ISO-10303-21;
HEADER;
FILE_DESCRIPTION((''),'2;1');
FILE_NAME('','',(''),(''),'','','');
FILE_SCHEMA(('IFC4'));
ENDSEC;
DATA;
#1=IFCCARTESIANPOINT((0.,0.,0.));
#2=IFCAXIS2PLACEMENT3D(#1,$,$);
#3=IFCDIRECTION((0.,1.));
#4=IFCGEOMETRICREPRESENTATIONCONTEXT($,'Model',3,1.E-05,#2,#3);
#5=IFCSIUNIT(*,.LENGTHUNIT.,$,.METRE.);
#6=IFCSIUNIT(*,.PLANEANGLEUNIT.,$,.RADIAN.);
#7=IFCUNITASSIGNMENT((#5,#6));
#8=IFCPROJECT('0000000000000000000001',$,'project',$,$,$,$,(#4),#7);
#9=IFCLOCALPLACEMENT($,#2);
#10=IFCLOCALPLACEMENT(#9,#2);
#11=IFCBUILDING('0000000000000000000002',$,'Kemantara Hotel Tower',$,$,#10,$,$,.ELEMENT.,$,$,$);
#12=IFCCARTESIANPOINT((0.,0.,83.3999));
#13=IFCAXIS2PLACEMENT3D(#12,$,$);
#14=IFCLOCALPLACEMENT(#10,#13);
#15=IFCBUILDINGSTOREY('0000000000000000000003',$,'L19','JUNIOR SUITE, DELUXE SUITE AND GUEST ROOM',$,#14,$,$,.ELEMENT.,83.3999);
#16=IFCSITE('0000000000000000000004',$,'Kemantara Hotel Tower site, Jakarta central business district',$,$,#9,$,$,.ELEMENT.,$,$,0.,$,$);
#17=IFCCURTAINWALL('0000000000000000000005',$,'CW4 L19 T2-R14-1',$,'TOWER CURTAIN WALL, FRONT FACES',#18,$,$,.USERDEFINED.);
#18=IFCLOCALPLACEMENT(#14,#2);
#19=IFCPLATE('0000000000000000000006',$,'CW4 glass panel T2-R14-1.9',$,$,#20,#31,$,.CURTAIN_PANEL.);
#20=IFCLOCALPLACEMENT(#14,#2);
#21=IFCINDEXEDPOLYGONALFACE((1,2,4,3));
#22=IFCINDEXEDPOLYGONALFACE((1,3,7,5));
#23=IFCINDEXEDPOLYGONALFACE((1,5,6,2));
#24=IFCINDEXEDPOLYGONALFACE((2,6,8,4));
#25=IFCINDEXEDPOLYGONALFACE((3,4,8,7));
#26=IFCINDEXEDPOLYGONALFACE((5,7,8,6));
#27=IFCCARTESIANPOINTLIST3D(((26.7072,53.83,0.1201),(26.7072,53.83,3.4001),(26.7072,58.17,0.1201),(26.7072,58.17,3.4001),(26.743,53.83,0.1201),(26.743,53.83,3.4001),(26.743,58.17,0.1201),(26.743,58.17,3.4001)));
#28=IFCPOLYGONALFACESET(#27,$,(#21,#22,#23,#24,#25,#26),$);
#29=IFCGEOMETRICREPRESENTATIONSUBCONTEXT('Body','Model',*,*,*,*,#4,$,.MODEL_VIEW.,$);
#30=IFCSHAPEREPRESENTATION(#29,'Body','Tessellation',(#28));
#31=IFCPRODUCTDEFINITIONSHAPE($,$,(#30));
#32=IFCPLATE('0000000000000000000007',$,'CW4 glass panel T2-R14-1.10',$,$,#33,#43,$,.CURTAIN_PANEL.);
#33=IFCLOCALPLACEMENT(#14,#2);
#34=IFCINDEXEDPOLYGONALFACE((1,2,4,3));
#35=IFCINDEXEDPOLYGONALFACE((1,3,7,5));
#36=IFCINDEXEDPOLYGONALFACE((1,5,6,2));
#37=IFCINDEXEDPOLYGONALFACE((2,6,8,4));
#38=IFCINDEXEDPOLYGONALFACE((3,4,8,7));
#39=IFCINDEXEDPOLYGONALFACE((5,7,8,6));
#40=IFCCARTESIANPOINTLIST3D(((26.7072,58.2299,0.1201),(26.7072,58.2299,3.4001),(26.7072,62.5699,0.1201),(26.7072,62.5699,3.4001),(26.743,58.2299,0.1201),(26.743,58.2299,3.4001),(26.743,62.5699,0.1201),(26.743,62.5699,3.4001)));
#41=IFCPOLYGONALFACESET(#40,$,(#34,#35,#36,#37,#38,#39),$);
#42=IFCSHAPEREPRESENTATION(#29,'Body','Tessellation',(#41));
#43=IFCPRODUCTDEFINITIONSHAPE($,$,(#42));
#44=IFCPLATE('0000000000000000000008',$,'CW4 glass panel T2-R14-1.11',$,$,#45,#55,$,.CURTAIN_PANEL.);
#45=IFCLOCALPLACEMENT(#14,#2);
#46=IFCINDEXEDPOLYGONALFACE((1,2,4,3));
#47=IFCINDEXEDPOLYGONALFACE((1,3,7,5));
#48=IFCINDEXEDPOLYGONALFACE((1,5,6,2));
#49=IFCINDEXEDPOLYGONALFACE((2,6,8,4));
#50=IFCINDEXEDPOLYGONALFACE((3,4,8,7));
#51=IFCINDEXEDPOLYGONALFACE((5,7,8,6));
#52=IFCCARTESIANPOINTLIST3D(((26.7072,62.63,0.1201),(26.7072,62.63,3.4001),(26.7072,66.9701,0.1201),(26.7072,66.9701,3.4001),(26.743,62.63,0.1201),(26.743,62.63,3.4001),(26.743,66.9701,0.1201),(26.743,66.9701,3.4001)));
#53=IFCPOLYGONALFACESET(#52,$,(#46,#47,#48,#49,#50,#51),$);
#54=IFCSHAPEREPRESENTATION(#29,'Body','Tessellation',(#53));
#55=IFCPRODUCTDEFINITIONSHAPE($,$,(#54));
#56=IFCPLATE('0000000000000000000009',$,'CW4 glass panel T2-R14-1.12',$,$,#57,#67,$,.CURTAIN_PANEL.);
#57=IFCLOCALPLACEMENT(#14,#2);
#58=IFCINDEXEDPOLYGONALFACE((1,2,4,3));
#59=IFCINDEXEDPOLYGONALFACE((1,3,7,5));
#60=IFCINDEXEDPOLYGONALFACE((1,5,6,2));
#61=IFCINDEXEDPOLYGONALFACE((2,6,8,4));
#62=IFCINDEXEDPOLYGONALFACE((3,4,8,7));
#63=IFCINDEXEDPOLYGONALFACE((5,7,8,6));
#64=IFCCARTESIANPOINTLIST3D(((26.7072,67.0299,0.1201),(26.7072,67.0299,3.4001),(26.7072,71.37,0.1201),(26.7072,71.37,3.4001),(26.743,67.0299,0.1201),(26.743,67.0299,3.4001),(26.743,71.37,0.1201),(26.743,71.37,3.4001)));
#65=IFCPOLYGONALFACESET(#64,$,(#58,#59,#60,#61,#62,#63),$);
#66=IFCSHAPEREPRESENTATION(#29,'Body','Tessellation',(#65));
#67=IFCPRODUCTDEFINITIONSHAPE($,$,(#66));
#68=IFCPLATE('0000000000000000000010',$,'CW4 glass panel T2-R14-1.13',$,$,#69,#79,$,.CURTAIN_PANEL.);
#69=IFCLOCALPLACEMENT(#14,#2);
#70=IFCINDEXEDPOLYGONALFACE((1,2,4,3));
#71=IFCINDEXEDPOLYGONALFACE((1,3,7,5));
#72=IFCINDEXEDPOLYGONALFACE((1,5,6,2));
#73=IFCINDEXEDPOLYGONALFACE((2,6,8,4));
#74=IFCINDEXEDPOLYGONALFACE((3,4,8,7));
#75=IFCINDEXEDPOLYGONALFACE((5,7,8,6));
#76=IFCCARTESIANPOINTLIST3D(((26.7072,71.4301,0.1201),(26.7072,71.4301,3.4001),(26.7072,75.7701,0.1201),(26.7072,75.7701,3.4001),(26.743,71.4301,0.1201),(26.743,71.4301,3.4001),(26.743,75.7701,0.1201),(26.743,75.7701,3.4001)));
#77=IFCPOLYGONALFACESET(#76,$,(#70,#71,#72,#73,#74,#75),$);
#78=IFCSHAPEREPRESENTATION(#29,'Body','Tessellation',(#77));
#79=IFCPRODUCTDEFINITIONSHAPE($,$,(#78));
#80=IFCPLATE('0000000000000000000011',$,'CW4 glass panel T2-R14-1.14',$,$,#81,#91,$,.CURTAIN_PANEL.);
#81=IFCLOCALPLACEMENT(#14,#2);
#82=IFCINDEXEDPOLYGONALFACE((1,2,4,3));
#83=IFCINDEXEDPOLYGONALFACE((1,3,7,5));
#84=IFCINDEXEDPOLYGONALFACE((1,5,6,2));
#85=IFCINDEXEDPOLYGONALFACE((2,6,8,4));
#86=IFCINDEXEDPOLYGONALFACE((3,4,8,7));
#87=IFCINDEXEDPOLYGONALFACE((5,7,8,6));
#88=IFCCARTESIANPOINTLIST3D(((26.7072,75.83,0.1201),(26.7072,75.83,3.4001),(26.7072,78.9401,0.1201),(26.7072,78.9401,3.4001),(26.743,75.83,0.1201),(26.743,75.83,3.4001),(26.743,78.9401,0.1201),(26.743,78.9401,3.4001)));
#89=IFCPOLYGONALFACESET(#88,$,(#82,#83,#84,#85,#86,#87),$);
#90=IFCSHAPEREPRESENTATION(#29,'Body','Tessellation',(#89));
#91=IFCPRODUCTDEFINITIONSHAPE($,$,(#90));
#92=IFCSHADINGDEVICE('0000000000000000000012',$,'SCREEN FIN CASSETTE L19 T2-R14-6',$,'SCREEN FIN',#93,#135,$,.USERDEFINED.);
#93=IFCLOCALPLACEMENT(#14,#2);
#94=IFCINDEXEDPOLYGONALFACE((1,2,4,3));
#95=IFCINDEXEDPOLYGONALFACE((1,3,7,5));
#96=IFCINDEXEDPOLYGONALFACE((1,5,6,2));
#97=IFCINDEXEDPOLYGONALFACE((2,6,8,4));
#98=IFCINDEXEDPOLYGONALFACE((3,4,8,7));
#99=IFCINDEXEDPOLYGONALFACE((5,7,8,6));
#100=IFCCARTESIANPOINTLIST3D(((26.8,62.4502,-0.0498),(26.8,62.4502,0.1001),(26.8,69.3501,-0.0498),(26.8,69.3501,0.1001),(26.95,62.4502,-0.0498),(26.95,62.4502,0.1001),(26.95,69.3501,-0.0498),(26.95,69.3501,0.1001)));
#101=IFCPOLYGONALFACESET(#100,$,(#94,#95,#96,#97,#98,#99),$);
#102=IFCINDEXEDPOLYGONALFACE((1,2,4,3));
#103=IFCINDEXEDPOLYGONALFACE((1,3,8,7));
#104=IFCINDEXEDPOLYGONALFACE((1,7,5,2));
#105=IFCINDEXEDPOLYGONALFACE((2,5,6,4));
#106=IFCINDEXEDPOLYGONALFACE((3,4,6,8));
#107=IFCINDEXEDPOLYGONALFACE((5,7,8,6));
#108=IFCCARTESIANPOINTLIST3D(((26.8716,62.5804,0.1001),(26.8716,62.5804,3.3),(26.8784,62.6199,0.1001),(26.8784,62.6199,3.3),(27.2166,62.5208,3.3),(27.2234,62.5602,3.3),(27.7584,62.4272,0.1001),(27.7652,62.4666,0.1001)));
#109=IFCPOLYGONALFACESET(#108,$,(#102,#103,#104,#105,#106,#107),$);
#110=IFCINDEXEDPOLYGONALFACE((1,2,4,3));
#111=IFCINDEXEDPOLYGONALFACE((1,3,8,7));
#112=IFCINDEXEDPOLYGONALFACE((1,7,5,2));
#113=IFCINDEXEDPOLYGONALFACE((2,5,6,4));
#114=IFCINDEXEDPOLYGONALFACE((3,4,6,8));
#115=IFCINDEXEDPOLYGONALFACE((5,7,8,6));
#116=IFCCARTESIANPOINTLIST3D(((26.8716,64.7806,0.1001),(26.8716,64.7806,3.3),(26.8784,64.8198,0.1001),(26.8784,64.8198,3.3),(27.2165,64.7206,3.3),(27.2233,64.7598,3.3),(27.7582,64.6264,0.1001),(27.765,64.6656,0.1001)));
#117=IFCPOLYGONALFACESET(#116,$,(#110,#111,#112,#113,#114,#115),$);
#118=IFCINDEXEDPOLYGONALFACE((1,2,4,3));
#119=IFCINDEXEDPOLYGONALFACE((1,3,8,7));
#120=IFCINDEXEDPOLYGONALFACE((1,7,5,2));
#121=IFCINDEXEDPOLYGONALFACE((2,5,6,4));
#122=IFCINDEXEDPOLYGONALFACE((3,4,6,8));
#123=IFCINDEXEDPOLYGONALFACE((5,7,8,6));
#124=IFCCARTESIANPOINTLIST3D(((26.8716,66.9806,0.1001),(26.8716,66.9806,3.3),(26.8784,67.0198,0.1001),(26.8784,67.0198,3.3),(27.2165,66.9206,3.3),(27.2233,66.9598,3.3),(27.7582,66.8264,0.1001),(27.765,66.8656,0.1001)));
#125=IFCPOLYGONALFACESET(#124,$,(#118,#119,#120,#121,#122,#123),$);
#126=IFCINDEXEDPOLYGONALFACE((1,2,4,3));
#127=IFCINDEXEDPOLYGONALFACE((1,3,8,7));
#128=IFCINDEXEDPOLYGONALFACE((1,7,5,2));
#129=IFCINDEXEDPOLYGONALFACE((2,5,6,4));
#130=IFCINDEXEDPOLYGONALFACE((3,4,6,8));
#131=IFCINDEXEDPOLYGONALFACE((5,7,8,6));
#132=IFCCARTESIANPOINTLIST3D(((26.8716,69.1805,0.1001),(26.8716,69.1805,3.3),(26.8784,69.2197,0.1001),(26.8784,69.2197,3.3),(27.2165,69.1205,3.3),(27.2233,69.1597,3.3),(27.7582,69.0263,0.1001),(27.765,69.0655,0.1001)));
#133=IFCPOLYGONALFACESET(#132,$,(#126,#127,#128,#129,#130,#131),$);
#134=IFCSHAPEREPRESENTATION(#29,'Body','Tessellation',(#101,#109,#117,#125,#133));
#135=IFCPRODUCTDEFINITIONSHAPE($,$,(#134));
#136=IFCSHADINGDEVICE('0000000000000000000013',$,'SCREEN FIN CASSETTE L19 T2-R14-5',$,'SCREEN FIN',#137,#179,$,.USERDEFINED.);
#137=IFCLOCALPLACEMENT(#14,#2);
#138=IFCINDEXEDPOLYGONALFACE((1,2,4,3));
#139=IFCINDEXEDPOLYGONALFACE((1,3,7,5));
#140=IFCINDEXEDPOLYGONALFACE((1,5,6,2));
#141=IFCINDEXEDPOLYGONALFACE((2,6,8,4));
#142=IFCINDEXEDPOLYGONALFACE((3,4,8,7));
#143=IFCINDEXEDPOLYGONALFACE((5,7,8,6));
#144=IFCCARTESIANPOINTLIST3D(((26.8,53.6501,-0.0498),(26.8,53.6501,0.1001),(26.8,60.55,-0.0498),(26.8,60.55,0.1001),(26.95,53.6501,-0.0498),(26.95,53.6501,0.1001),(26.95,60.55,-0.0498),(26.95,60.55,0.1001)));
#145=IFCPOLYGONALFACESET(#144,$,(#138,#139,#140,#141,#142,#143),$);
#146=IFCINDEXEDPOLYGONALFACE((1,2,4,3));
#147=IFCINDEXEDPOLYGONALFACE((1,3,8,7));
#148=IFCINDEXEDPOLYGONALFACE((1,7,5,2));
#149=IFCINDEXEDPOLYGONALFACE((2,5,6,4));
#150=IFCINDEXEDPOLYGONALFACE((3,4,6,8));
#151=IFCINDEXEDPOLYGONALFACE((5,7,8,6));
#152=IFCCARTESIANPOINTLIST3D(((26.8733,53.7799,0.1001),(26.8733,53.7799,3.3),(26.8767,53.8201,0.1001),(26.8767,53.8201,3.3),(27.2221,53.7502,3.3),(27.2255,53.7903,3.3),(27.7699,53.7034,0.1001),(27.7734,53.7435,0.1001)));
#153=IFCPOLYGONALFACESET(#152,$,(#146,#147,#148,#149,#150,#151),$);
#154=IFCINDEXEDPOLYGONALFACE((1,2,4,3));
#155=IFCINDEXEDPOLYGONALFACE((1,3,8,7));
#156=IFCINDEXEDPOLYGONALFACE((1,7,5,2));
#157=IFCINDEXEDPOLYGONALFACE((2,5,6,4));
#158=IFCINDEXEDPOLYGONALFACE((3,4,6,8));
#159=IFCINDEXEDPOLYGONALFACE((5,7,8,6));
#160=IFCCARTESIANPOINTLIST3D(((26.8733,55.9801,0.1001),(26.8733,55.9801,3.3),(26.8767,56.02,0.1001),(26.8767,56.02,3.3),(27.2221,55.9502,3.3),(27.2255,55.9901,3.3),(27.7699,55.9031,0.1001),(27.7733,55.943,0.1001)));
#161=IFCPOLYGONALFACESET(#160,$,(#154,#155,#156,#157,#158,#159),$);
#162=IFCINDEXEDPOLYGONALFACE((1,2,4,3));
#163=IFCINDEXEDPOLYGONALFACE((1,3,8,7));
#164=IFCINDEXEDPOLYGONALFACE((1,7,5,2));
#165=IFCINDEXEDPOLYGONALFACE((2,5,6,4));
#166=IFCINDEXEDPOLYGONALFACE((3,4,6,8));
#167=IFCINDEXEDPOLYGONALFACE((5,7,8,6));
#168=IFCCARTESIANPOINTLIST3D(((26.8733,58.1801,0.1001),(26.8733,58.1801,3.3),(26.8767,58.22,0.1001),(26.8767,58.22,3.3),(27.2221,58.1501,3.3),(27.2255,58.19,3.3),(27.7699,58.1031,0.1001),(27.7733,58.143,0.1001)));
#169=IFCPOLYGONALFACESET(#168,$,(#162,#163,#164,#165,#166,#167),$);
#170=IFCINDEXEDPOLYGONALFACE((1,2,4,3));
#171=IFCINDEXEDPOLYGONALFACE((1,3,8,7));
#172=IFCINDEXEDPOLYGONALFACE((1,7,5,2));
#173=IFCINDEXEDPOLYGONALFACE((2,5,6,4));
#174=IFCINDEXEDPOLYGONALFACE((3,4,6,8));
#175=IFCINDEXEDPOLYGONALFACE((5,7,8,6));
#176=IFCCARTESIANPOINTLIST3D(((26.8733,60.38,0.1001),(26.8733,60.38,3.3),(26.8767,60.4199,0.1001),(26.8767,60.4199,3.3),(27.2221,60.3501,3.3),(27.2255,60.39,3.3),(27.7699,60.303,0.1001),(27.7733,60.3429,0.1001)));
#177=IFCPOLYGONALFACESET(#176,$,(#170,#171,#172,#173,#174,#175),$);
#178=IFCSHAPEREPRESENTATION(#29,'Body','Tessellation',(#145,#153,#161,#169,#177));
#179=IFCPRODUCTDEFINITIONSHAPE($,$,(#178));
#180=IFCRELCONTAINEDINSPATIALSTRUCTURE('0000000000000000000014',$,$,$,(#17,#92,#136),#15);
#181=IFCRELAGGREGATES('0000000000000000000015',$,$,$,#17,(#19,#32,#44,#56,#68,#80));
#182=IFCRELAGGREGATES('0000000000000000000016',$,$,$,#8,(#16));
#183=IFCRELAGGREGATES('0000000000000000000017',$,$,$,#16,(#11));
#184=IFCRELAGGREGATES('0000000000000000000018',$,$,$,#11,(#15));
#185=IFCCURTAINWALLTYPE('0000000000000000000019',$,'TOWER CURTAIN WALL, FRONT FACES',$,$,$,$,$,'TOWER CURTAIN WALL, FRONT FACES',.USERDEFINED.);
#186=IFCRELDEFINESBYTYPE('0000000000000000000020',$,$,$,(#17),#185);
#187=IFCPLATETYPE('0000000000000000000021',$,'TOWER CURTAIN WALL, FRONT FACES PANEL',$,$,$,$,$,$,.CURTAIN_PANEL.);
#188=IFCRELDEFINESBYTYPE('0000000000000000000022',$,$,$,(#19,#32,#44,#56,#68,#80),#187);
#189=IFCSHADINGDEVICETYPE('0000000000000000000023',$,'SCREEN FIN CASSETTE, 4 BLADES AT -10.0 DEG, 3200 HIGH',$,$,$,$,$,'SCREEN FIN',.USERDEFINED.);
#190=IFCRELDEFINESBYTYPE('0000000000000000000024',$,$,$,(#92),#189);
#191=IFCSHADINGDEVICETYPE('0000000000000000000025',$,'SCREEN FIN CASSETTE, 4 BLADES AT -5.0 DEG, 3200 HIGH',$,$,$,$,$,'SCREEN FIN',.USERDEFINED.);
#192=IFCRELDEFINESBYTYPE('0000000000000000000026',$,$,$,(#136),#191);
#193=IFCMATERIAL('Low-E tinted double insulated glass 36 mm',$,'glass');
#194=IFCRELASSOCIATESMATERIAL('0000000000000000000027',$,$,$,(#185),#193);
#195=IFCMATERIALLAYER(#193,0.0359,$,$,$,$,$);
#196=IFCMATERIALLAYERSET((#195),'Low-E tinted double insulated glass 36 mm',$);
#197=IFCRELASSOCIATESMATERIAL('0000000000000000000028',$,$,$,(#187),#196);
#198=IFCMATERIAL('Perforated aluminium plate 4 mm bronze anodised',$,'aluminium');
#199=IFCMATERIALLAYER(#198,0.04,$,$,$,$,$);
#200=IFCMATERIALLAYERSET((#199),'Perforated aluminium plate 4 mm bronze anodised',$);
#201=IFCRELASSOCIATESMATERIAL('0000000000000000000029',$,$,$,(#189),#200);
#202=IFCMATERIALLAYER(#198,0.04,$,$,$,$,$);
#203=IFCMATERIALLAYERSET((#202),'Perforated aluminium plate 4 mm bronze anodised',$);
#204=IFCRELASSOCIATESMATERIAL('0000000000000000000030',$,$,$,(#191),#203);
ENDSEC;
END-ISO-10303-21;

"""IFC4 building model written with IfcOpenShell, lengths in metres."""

from ifc_helpers import new_model, si_unit, direction, frame, origin, origin_2d, place, context, subcontext, project, spatial, polyline, rectangle, outline, extrude, source, transform, mapped, material, layer, layer_set, type_object, element, aggregate, save


model = new_model("IFC4")

# Units and contexts
model_context = context("Model", 3, precision=1e-05, world=origin(), true_north=direction((0.0, 1.0)))
body_context = subcontext(model_context, "Body", "Model", "MODEL_VIEW")
ifc_project = project(units=[si_unit("LENGTHUNIT", "METRE"), si_unit("PLANEANGLEUNIT", "RADIAN")], contexts=[model_context])

# Site, building, storey
site_placement = place(None, origin())
site = spatial("IfcSite", under=ifc_project, at=site_placement, Name="Kemantara Hotel Tower site, Jakarta central business district", CompositionType="ELEMENT", RefElevation=0.0)
building_placement = place(site_placement, origin())
building = spatial("IfcBuilding", under=site, at=building_placement, Name="Kemantara Hotel Tower", CompositionType="ELEMENT")
storey_placement = place(building_placement, frame((0.0, 0.0, 83.3999)))
storey = spatial("IfcBuildingStorey", under=building, at=storey_placement, Name="L19", Description="JUNIOR SUITE, DELUXE SUITE AND GUEST ROOM", CompositionType="ELEMENT", Elevation=83.3999)

# Shared definitions
ifc_material_1 = material(Name="Low-E tinted double insulated glass 36 mm", Category="glass")
curtain_wall_type = type_object("IfcCurtainWallType", Name="TOWER CURTAIN WALL, FRONT FACES", ElementType="TOWER CURTAIN WALL, FRONT FACES", PredefinedType="USERDEFINED", material=ifc_material_1)

# Curtain wall
curtain_wall_1_placement = place(storey_placement, origin())
curtain_wall_1 = element("IfcCurtainWall", 1, at=curtain_wall_1_placement, inside=storey, type_object=curtain_wall_type, Name="CW4 L19 T2-R14-1", ObjectType="TOWER CURTAIN WALL, FRONT FACES", PredefinedType="USERDEFINED")

# Plates
ifc_layer_1 = layer(ifc_material_1, 0.0359)
ifc_layer_set_1 = layer_set([ifc_layer_1], Name="Low-E tinted double insulated glass 36 mm")
plate_type = type_object("IfcPlateType", Name="TOWER CURTAIN WALL, FRONT FACES PANEL", PredefinedType="CURTAIN_PANEL", material=ifc_layer_set_1)
shared_shape_1 = source(origin(), body_context, "Body", "SweptSolid", [
    extrude(rectangle(XDim=4.3401, YDim=0.0359, at=origin_2d()), origin(), (0.0, 0.0, 1.0), 3.28),
])
plate_1_placement = place(storey_placement, frame((26.7251, 56.0, 0.1201), z_axis=(0.0, 0.0, 1.0), x_axis=(0.0, 1.0, 0.0)))
plate_1 = element("IfcPlate", 2, at=plate_1_placement, type_object=plate_type, Name="CW4 glass panel T2-R14-1.9", PredefinedType="CURTAIN_PANEL", context=body_context, shape_type="MappedRepresentation", body=[
    mapped(shared_shape_1, transform((0.0, 0.0, 0.0))),
])
plate_2_placement = place(storey_placement, frame((26.7251, 60.3999, 0.1201), z_axis=(0.0, 0.0, 1.0), x_axis=(0.0, 1.0, 0.0)))
plate_2 = element("IfcPlate", 3, at=plate_2_placement, type_object=plate_type, Name="CW4 glass panel T2-R14-1.10", PredefinedType="CURTAIN_PANEL", context=body_context, shape_type="MappedRepresentation", body=[
    mapped(shared_shape_1, transform((0.0, 0.0, 0.0))),
])
plate_3_placement = place(storey_placement, frame((26.7251, 64.8, 0.1201), z_axis=(0.0, 0.0, 1.0), x_axis=(0.0, 1.0, 0.0)))
plate_3 = element("IfcPlate", 4, at=plate_3_placement, type_object=plate_type, Name="CW4 glass panel T2-R14-1.11", PredefinedType="CURTAIN_PANEL", context=body_context, shape_type="MappedRepresentation", body=[
    mapped(shared_shape_1, transform((0.0, 0.0, 0.0))),
])
plate_4_placement = place(storey_placement, frame((26.7251, 69.2, 0.1201), z_axis=(0.0, 0.0, 1.0), x_axis=(0.0, 1.0, 0.0)))
plate_4 = element("IfcPlate", 5, at=plate_4_placement, type_object=plate_type, Name="CW4 glass panel T2-R14-1.12", PredefinedType="CURTAIN_PANEL", context=body_context, shape_type="MappedRepresentation", body=[
    mapped(shared_shape_1, transform((0.0, 0.0, 0.0))),
])
plate_5_placement = place(storey_placement, frame((26.7251, 73.6001, 0.1201), z_axis=(0.0, 0.0, 1.0), x_axis=(0.0, 1.0, 0.0)))
plate_5 = element("IfcPlate", 6, at=plate_5_placement, type_object=plate_type, Name="CW4 glass panel T2-R14-1.13", PredefinedType="CURTAIN_PANEL", context=body_context, shape_type="MappedRepresentation", body=[
    mapped(shared_shape_1, transform((0.0, 0.0, 0.0))),
])
shared_shape_2 = source(origin(), body_context, "Body", "SweptSolid", [
    extrude(rectangle(XDim=3.1101, YDim=0.0359, at=origin_2d()), origin(), (0.0, 0.0, 1.0), 3.28),
])
plate_6_placement = place(storey_placement, frame((26.7251, 77.385, 0.1201), z_axis=(0.0, 0.0, 1.0), x_axis=(0.0, 1.0, 0.0)))
plate_6 = element("IfcPlate", 7, at=plate_6_placement, type_object=plate_type, Name="CW4 glass panel T2-R14-1.14", PredefinedType="CURTAIN_PANEL", context=body_context, shape_type="MappedRepresentation", body=[
    mapped(shared_shape_2, transform((0.0, 0.0, 0.0))),
])
aggregate(curtain_wall_1, [plate_1, plate_2, plate_3, plate_4, plate_5, plate_6])

# Shading devices
ifc_material_2 = material(Name="Perforated aluminium plate 4 mm bronze anodised", Category="aluminium")
ifc_layer_2 = layer(ifc_material_2, 0.04)
ifc_layer_set_2 = layer_set([ifc_layer_2], Name="Perforated aluminium plate 4 mm bronze anodised")
shading_device_type_1 = type_object("IfcShadingDeviceType", Name="SCREEN FIN CASSETTE, 4 BLADES AT -10.0 DEG, 3200 HIGH", ElementType="SCREEN FIN", PredefinedType="USERDEFINED", material=ifc_layer_set_2)
shared_shape_3 = source(origin(), body_context, "Body", "SweptSolid", [
    extrude(rectangle(XDim=6.8999, YDim=0.1499, at=origin_2d()), frame((3.3, -0.075, -0.1499), z_axis=(0.0, 0.0, 1.0), x_axis=(1.0, 0.0, 0.0)), (0.0, 0.0, 1.0), 0.1499),
    extrude(outline(polyline([(0.0, 0.0), (0.8999, 0.0), (0.3501, 3.2), (0.0, 3.2), (0.0, 0.0)])), frame((0.0198, -0.0784, 0.0), z_axis=(-0.98539, 0.170314, 0.0), x_axis=(-0.170314, -0.98539, 0.0)), (0.0, 0.0, 1.0), 0.04),
    extrude(outline(polyline([(0.0, 0.0), (0.8999, 0.0), (0.3501, 3.2), (0.0, 3.2), (0.0, 0.0)])), frame((2.2197, -0.0784, 0.0), z_axis=(-0.985212, 0.171341, 0.0), x_axis=(-0.171341, -0.985212, 0.0)), (0.0, 0.0, 1.0), 0.0398),
    extrude(outline(polyline([(0.0, 0.0), (0.8999, 0.0), (0.3501, 3.2), (0.0, 3.2), (0.0, 0.0)])), frame((4.4197, -0.0784, 0.0), z_axis=(-0.985212, 0.171341, 0.0), x_axis=(-0.171341, -0.985212, 0.0)), (0.0, 0.0, 1.0), 0.0398),
    extrude(outline(polyline([(0.0, 0.0), (0.8999, 0.0), (0.3501, 3.2), (0.0, 3.2), (0.0, 0.0)])), frame((6.6196, -0.0784, 0.0), z_axis=(-0.985212, 0.171341, 0.0), x_axis=(-0.171341, -0.985212, 0.0)), (0.0, 0.0, 1.0), 0.0398),
])
shading_device_1_placement = place(storey_placement, frame((26.8, 62.6001, 0.1001), z_axis=(0.0, 0.0, 1.0), x_axis=(0.0, 1.0, 0.0)))
element("IfcShadingDevice", 8, at=shading_device_1_placement, inside=storey, type_object=shading_device_type_1, Name="SCREEN FIN CASSETTE L19 T2-R14-6", ObjectType="SCREEN FIN", PredefinedType="USERDEFINED", context=body_context, shape_type="MappedRepresentation", body=[
    mapped(shared_shape_3, transform((0.0, 0.0, 0.0))),
])
ifc_layer_3 = layer(ifc_material_2, 0.04)
ifc_layer_set_3 = layer_set([ifc_layer_3], Name="Perforated aluminium plate 4 mm bronze anodised")
shading_device_type_2 = type_object("IfcShadingDeviceType", Name="SCREEN FIN CASSETTE, 4 BLADES AT -5.0 DEG, 3200 HIGH", ElementType="SCREEN FIN", PredefinedType="USERDEFINED", material=ifc_layer_set_3)
shared_shape_4 = source(origin(), body_context, "Body", "SweptSolid", [
    extrude(rectangle(XDim=6.8999, YDim=0.1499, at=origin_2d()), frame((3.3, -0.075, -0.1499), z_axis=(0.0, 0.0, 1.0), x_axis=(1.0, 0.0, 0.0)), (0.0, 0.0, 1.0), 0.1499),
    extrude(outline(polyline([(0.0, 0.0), (0.8999, 0.0), (0.3501, 3.2), (0.0, 3.2), (0.0, 0.0)])), frame((0.02, -0.0767, 0.0), z_axis=(-0.996376, 0.085056, 0.0), x_axis=(-0.085056, -0.996376, 0.0)), (0.0, 0.0, 1.0), 0.0403),
    extrude(outline(polyline([(0.0, 0.0), (0.8999, 0.0), (0.3501, 3.2), (0.0, 3.2), (0.0, 0.0)])), frame((2.22, -0.0767, 0.0), z_axis=(-0.996332, 0.085575, 0.0), x_axis=(-0.085575, -0.996332, 0.0)), (0.0, 0.0, 1.0), 0.04),
    extrude(outline(polyline([(0.0, 0.0), (0.8999, 0.0), (0.3501, 3.2), (0.0, 3.2), (0.0, 0.0)])), frame((4.4199, -0.0767, 0.0), z_axis=(-0.996332, 0.085575, 0.0), x_axis=(-0.085575, -0.996332, 0.0)), (0.0, 0.0, 1.0), 0.04),
    extrude(outline(polyline([(0.0, 0.0), (0.8999, 0.0), (0.3501, 3.2), (0.0, 3.2), (0.0, 0.0)])), frame((6.6199, -0.0767, 0.0), z_axis=(-0.996332, 0.085575, 0.0), x_axis=(-0.085575, -0.996332, 0.0)), (0.0, 0.0, 1.0), 0.04),
])
shading_device_2_placement = place(storey_placement, frame((26.8, 53.8, 0.1001), z_axis=(0.0, 0.0, 1.0), x_axis=(0.0, 1.0, 0.0)))
element("IfcShadingDevice", 9, at=shading_device_2_placement, inside=storey, type_object=shading_device_type_2, Name="SCREEN FIN CASSETTE L19 T2-R14-5", ObjectType="SCREEN FIN", PredefinedType="USERDEFINED", context=body_context, shape_type="MappedRepresentation", body=[
    mapped(shared_shape_4, transform((0.0, 0.0, 0.0))),
])

save(model, "model.ifc")
